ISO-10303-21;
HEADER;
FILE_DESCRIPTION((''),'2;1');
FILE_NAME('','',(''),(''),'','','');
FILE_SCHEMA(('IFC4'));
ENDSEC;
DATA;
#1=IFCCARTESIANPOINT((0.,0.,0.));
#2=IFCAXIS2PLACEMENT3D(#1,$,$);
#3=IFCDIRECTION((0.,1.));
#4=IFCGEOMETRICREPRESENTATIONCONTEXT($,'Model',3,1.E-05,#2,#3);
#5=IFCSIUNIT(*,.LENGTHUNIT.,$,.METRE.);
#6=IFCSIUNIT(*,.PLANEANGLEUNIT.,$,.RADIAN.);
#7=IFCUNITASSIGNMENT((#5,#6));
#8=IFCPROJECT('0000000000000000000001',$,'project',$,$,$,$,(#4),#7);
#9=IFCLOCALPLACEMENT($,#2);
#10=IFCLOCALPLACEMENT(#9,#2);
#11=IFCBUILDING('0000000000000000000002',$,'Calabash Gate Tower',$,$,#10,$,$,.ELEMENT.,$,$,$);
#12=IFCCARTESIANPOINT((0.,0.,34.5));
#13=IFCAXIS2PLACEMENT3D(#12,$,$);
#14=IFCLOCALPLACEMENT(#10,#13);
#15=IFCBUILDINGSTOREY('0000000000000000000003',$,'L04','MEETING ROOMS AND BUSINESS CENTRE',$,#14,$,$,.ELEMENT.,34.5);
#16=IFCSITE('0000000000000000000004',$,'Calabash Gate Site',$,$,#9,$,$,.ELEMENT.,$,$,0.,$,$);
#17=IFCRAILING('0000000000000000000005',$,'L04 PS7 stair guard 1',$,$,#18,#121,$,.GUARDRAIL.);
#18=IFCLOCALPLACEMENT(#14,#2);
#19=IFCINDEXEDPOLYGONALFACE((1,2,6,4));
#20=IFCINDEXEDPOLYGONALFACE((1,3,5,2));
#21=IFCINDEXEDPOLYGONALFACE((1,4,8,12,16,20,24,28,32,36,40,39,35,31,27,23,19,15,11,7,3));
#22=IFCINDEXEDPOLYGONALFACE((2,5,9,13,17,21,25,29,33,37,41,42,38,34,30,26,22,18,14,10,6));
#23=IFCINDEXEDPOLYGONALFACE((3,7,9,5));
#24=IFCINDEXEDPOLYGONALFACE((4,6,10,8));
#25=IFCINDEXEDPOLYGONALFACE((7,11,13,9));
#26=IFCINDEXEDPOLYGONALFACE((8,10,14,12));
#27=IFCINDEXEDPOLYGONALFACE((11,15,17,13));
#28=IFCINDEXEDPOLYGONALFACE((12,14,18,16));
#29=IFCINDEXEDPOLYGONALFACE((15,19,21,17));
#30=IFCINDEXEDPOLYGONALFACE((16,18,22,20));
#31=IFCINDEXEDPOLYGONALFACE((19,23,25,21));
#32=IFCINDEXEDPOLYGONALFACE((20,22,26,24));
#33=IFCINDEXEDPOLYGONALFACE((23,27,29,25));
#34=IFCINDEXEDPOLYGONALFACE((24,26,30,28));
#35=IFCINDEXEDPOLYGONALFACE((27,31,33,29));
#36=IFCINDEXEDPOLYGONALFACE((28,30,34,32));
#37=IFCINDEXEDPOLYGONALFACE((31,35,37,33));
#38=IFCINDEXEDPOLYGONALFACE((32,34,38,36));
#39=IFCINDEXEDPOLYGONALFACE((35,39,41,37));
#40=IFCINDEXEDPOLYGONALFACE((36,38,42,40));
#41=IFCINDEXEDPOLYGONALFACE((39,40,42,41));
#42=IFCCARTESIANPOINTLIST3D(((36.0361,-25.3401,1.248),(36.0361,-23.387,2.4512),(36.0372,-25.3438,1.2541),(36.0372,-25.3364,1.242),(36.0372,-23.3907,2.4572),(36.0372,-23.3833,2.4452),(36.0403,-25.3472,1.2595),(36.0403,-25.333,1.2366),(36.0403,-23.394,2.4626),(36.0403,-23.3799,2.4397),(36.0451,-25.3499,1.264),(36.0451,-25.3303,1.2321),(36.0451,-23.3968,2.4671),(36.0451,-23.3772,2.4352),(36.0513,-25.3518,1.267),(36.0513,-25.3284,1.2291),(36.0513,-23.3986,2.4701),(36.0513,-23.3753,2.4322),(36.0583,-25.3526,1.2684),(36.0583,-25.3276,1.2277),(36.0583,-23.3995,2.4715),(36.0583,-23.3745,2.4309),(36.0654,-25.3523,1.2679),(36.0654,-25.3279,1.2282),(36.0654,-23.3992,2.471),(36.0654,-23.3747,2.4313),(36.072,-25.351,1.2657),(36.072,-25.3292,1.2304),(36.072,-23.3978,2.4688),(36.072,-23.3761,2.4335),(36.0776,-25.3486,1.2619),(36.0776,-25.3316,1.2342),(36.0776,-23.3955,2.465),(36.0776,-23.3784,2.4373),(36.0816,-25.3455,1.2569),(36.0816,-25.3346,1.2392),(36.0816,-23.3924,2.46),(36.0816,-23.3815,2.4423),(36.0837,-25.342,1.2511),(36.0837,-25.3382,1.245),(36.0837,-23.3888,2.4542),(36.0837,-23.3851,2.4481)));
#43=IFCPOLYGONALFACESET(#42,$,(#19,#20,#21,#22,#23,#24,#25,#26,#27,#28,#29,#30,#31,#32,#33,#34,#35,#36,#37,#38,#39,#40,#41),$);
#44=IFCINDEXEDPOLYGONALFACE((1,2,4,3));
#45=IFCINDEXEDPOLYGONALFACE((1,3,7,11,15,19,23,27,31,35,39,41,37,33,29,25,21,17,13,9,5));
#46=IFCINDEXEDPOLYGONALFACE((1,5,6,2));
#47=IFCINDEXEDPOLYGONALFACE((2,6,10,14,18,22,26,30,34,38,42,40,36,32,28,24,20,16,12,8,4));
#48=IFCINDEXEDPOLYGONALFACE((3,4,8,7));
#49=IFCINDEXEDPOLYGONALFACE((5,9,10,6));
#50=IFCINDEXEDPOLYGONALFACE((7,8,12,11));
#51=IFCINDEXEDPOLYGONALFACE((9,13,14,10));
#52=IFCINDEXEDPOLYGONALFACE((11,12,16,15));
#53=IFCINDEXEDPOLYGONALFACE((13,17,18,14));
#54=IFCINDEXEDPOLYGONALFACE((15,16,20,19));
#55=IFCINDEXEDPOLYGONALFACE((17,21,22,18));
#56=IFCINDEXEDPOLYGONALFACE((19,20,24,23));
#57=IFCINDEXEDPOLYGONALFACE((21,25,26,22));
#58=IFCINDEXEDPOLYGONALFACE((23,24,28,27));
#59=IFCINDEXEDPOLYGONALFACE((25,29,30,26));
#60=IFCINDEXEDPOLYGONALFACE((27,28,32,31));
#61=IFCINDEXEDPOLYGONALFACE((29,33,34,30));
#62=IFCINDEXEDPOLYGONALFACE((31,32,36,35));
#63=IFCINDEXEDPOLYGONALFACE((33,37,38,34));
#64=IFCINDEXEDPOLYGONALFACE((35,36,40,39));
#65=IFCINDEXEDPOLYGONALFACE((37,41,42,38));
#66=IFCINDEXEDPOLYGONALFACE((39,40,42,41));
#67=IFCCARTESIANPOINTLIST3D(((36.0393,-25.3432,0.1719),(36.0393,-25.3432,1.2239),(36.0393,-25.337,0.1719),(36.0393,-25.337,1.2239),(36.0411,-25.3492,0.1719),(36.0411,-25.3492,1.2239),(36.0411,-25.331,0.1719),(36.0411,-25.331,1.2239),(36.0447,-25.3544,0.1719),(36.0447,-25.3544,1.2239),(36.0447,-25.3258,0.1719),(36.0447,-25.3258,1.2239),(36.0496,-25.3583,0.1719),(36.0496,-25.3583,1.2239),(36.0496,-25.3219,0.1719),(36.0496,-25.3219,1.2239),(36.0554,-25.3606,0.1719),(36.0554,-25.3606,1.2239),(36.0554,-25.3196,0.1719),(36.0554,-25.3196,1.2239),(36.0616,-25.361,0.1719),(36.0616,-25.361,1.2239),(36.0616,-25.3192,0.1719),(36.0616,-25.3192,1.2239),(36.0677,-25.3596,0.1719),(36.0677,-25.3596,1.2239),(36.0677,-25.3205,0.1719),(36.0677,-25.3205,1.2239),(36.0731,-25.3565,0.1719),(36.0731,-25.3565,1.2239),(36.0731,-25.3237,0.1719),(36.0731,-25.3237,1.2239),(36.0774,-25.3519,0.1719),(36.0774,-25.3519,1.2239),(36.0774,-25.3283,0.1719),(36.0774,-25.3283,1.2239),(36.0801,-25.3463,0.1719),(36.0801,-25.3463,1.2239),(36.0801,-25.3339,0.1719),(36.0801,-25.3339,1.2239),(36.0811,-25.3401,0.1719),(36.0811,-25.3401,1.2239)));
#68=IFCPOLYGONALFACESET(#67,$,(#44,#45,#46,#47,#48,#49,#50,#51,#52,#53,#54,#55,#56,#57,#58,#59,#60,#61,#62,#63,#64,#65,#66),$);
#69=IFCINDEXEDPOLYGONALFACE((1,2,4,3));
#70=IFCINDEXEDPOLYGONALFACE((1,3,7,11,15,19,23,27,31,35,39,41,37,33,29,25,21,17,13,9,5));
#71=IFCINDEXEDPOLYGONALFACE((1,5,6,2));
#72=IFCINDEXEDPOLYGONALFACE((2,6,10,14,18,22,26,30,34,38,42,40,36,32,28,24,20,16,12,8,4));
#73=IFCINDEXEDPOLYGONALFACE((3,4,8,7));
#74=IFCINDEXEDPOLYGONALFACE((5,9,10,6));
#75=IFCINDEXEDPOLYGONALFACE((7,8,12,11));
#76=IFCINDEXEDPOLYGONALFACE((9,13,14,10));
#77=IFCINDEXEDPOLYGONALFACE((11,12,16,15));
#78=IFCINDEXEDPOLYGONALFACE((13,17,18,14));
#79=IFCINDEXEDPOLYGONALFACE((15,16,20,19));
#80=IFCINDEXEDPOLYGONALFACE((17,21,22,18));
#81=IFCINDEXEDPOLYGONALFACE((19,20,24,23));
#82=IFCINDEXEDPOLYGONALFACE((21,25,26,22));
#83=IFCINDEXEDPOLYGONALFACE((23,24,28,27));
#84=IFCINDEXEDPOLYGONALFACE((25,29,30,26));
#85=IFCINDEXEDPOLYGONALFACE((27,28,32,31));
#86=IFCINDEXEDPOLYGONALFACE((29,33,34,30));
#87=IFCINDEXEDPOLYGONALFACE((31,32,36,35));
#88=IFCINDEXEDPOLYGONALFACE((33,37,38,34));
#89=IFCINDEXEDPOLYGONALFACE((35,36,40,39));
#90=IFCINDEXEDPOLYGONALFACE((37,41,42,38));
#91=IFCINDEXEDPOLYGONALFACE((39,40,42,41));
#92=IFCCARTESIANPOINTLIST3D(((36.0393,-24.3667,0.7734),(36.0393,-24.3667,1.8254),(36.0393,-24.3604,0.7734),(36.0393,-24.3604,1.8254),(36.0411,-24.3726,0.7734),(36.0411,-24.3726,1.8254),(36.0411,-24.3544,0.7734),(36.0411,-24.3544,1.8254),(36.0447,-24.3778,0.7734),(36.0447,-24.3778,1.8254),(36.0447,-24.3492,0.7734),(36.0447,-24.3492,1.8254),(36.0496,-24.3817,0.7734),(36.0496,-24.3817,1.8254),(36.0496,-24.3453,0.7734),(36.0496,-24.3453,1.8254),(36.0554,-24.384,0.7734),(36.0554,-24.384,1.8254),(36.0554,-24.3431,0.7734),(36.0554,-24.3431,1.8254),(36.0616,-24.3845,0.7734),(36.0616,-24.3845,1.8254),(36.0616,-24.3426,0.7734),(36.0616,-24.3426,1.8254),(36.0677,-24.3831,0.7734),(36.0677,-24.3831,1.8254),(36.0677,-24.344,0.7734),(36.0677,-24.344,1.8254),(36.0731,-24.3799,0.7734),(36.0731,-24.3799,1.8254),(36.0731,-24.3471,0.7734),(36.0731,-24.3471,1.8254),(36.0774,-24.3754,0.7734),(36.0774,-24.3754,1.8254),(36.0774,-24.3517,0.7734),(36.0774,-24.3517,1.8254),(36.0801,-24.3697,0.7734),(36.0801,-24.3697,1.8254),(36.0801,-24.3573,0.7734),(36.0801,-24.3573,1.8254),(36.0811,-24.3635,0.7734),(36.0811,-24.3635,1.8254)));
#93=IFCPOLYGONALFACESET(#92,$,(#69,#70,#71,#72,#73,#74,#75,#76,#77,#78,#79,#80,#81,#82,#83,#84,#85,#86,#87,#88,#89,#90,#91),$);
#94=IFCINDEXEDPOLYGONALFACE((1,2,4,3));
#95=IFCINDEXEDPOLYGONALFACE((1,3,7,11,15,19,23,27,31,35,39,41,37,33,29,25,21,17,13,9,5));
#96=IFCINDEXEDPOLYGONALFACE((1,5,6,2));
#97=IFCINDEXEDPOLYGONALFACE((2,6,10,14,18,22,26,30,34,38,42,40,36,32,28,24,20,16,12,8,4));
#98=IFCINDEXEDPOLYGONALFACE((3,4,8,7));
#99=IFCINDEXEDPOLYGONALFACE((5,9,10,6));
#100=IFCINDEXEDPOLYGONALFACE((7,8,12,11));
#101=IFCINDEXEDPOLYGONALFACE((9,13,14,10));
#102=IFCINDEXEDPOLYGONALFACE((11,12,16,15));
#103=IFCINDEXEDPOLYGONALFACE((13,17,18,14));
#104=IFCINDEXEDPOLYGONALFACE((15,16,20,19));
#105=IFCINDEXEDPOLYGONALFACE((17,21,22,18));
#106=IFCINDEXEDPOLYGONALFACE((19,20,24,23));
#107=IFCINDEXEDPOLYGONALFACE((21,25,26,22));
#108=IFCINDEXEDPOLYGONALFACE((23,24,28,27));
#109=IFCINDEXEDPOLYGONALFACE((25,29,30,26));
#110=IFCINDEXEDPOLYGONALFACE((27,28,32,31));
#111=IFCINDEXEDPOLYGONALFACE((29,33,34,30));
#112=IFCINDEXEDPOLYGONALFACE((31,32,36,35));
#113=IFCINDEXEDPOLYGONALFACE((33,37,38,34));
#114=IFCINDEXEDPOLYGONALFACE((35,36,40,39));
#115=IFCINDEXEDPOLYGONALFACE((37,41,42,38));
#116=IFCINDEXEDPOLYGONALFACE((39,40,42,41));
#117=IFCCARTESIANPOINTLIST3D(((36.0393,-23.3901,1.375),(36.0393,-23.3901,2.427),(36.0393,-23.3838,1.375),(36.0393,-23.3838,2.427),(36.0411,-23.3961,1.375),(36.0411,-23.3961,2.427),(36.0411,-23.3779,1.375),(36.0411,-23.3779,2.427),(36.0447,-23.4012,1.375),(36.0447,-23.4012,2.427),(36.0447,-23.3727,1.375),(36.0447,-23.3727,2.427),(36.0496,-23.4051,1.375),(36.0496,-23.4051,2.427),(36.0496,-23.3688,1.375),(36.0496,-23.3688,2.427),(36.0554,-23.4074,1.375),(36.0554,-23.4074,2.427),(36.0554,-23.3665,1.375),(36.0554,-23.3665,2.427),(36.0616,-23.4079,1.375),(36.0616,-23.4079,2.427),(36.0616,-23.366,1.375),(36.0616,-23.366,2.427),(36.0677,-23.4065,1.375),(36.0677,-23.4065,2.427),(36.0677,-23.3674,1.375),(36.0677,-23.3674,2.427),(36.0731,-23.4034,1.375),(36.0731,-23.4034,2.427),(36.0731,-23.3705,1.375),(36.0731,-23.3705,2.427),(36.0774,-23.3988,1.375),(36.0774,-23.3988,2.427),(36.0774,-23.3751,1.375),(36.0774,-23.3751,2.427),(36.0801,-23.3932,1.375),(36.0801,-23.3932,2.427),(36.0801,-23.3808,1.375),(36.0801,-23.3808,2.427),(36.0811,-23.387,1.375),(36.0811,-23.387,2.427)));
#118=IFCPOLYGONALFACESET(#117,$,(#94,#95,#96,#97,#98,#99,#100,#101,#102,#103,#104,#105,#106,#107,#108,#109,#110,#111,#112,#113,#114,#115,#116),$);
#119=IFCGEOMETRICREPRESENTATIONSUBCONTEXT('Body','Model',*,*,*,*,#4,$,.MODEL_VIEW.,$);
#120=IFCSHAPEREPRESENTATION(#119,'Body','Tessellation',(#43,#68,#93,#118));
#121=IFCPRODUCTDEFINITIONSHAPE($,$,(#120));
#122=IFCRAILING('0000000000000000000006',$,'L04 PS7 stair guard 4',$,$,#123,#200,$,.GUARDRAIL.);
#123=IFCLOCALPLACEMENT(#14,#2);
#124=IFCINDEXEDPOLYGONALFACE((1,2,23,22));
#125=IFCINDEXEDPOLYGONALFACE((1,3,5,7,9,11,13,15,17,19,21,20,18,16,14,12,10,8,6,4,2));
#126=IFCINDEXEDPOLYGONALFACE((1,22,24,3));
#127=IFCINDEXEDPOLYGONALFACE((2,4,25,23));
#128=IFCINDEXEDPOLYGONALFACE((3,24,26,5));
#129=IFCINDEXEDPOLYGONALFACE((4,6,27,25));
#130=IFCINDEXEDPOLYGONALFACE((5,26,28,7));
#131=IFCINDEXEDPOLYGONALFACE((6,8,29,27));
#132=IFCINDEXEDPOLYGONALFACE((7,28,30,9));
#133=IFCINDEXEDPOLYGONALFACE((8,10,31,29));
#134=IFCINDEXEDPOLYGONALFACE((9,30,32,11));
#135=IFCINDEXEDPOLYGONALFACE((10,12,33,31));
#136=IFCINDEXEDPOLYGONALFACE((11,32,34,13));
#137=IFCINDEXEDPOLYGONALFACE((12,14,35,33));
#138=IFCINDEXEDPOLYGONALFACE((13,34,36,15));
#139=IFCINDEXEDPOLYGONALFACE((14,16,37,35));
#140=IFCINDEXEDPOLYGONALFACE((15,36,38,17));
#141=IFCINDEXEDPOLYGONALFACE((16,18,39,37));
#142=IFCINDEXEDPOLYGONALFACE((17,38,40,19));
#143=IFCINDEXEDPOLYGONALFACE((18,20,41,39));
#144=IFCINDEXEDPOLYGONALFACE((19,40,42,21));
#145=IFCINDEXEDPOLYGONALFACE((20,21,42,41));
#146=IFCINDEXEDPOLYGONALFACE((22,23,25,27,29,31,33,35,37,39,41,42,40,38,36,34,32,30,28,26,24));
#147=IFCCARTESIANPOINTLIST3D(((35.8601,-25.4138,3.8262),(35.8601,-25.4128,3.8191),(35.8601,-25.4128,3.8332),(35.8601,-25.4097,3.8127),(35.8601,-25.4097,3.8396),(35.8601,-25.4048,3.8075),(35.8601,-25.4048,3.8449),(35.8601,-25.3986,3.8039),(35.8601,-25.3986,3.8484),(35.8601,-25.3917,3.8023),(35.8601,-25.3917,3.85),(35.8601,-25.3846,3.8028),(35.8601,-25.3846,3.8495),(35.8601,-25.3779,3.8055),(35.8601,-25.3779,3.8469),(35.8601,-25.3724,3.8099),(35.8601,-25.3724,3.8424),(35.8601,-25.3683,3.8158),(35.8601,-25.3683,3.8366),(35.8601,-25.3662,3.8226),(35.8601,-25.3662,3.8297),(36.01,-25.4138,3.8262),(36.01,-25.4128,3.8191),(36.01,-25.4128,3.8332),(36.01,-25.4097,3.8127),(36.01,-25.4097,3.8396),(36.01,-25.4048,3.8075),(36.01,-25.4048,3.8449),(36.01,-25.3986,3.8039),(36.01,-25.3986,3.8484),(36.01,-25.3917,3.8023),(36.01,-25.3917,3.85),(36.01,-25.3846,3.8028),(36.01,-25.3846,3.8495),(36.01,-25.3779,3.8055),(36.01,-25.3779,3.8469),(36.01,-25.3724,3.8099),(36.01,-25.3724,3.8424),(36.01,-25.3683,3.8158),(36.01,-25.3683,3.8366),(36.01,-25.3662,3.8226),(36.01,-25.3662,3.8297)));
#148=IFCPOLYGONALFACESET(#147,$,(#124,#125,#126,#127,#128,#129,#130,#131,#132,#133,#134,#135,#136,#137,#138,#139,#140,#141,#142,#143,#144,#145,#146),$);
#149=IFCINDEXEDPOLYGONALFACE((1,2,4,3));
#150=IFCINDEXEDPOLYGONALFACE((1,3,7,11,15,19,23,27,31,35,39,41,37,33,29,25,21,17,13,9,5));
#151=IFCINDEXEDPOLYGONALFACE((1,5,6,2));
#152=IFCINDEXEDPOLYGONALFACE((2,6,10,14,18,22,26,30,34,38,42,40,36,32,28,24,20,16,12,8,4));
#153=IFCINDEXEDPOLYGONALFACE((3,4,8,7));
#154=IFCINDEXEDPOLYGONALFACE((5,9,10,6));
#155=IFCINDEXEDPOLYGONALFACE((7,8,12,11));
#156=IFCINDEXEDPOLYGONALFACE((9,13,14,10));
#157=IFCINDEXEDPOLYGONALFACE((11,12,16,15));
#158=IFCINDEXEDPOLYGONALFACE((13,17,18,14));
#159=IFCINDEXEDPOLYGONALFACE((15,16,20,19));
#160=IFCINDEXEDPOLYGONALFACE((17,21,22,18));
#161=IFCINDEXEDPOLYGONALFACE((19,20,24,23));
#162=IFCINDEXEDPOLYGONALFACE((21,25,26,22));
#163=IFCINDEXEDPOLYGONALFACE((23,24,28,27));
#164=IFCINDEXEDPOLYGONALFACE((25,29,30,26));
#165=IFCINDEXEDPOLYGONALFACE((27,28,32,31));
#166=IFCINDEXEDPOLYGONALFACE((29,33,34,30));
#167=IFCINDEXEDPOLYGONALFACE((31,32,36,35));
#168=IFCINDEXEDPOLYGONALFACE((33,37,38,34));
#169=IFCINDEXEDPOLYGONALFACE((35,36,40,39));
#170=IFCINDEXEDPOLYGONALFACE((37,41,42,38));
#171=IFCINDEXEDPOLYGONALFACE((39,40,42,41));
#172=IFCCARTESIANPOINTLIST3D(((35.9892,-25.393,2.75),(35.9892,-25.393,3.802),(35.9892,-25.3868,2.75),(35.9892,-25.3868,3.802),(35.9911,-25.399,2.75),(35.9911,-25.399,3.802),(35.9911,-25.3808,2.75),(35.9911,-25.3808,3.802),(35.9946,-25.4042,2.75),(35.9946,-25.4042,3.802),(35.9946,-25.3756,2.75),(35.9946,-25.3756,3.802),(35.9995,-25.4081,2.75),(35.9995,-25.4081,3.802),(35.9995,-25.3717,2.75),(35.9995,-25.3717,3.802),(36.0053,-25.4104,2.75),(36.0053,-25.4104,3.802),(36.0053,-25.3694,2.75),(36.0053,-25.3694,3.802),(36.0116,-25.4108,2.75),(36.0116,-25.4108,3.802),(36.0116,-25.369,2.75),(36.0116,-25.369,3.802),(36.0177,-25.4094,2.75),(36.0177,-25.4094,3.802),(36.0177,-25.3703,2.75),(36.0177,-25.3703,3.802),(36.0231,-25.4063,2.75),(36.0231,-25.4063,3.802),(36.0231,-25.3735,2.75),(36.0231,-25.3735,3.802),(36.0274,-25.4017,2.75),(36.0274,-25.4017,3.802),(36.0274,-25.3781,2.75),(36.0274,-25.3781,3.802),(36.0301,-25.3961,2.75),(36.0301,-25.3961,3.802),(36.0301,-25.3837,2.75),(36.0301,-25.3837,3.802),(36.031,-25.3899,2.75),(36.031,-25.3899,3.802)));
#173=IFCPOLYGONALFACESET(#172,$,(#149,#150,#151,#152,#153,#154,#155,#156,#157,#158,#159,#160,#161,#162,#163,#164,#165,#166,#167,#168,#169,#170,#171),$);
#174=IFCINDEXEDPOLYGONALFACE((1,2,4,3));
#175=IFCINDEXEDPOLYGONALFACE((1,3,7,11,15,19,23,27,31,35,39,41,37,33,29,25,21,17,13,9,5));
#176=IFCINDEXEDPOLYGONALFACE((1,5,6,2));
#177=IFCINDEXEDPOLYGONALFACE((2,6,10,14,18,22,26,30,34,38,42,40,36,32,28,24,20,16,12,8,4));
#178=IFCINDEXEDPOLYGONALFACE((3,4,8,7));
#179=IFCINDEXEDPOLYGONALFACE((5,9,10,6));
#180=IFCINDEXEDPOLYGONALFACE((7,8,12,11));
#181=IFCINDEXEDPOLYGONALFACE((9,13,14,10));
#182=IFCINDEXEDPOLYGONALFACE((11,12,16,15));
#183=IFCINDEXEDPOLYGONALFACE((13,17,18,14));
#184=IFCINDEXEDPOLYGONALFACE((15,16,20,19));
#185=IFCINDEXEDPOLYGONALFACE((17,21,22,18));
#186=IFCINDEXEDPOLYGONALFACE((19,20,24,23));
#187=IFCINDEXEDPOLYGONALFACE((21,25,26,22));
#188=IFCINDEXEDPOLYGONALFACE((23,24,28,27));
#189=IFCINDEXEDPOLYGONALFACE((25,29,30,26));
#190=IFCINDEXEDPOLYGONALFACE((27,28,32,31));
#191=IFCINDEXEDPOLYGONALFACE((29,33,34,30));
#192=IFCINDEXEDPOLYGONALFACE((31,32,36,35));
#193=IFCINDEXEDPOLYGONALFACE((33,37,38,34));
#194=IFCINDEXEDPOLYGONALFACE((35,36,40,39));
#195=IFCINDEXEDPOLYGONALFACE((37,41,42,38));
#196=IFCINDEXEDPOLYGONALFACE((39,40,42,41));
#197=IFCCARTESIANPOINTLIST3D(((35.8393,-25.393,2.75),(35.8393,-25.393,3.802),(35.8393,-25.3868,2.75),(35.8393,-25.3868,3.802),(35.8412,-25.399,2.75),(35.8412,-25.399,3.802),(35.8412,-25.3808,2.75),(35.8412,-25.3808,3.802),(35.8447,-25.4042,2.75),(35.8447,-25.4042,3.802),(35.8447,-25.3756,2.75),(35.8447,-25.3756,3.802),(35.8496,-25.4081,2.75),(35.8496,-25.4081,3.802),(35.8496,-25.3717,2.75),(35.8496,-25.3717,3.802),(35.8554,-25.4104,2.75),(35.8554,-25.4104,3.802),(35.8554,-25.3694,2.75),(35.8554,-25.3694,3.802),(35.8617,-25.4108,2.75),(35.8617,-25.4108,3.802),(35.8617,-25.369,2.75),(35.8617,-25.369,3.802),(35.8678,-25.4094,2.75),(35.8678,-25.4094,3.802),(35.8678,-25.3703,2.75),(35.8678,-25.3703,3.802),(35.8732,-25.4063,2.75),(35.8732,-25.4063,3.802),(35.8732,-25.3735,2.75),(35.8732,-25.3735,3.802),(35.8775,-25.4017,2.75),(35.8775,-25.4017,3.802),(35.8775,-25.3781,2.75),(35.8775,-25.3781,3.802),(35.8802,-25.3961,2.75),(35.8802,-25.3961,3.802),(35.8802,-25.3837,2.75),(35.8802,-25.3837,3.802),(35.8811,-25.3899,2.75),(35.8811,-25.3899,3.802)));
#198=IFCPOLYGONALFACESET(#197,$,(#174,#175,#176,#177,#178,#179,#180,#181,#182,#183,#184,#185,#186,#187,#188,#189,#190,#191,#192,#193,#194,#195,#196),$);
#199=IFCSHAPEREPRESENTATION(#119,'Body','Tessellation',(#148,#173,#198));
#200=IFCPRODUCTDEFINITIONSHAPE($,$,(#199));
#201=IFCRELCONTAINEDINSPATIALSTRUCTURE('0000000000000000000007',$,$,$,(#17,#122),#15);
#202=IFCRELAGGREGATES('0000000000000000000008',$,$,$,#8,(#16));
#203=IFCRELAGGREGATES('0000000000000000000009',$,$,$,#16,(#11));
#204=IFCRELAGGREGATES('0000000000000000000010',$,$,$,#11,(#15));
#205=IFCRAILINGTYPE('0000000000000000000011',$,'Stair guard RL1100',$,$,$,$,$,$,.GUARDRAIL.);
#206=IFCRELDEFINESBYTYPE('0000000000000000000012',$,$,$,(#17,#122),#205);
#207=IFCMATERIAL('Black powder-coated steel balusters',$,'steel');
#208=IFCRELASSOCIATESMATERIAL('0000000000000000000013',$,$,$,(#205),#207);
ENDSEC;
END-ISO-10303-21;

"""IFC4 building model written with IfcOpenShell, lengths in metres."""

from ifc_helpers import new_model, si_unit, direction, frame, origin, origin_2d, place, context, subcontext, project, spatial, circle, extrude, material, type_object, element, save


model = new_model("IFC4")

# Units and contexts
model_context = context("Model", 3, precision=1e-05, world=origin(), true_north=direction((0.0, 1.0)))
body_context = subcontext(model_context, "Body", "Model", "MODEL_VIEW")
ifc_project = project(units=[si_unit("LENGTHUNIT", "METRE"), si_unit("PLANEANGLEUNIT", "RADIAN")], contexts=[model_context])

# Site, building, storey
site_placement = place(None, origin())
site = spatial("IfcSite", under=ifc_project, at=site_placement, Name="Calabash Gate Site", CompositionType="ELEMENT", RefElevation=0.0)
building_placement = place(site_placement, origin())
building = spatial("IfcBuilding", under=site, at=building_placement, Name="Calabash Gate Tower", CompositionType="ELEMENT")
storey_placement = place(building_placement, frame((0.0, 0.0, 34.5)))
storey = spatial("IfcBuildingStorey", under=building, at=storey_placement, Name="L04", Description="MEETING ROOMS AND BUSINESS CENTRE", CompositionType="ELEMENT", Elevation=34.5)

# Railings
ifc_material_1 = material(Name="Black powder-coated steel balusters", Category="steel")
railing_type_1 = type_object("IfcRailingType", Name="Stair guard RL1100", PredefinedType="GUARDRAIL", material=ifc_material_1)
railing_1_placement = place(storey_placement, frame((36.0601, -25.3401, 0.1719)))
element("IfcRailing", 1, at=railing_1_placement, inside=storey, type_object=railing_type_1, Name="L04 PS7 stair guard 1", PredefinedType="GUARDRAIL", context=body_context, shape_type="SweptSolid", body=[
    extrude(circle(Radius=0.0239, at=origin_2d()), frame((0.0, 0.0, 1.0762), z_axis=(0.0, 0.851424, 0.524477), x_axis=(-1.0, 0.0, 0.0)), (0.0, 0.0, 1.0), 2.2939),
    extrude(circle(Radius=0.021, at=origin_2d()), origin(), (0.0, 0.0, 1.0), 1.052),
    extrude(circle(Radius=0.021, at=origin_2d()), frame((0.0, 0.9766, 0.6016)), (0.0, 0.0, 1.0), 1.052),
    extrude(circle(Radius=0.021, at=origin_2d()), frame((0.0, 1.9531, 1.2031)), (0.0, 0.0, 1.0), 1.052),
])
railing_2_placement = place(storey_placement, frame((36.01, -25.3899, 2.75)))
element("IfcRailing", 2, at=railing_2_placement, inside=storey, type_object=railing_type_1, Name="L04 PS7 stair guard 4", PredefinedType="GUARDRAIL", context=body_context, shape_type="SweptSolid", body=[
    extrude(circle(Radius=0.0239, at=origin_2d()), frame((0.0, 0.0, 1.0762), z_axis=(-1.0, 0.0, 0.0), x_axis=(0.0, -1.0, 0.0)), (0.0, 0.0, 1.0), 0.1499),
    extrude(circle(Radius=0.021, at=origin_2d()), origin(), (0.0, 0.0, 1.0), 1.052),
    extrude(circle(Radius=0.021, at=origin_2d()), frame((-0.1499, 0.0, 0.0)), (0.0, 0.0, 1.0), 1.052),
])

save(model, "model.ifc")
